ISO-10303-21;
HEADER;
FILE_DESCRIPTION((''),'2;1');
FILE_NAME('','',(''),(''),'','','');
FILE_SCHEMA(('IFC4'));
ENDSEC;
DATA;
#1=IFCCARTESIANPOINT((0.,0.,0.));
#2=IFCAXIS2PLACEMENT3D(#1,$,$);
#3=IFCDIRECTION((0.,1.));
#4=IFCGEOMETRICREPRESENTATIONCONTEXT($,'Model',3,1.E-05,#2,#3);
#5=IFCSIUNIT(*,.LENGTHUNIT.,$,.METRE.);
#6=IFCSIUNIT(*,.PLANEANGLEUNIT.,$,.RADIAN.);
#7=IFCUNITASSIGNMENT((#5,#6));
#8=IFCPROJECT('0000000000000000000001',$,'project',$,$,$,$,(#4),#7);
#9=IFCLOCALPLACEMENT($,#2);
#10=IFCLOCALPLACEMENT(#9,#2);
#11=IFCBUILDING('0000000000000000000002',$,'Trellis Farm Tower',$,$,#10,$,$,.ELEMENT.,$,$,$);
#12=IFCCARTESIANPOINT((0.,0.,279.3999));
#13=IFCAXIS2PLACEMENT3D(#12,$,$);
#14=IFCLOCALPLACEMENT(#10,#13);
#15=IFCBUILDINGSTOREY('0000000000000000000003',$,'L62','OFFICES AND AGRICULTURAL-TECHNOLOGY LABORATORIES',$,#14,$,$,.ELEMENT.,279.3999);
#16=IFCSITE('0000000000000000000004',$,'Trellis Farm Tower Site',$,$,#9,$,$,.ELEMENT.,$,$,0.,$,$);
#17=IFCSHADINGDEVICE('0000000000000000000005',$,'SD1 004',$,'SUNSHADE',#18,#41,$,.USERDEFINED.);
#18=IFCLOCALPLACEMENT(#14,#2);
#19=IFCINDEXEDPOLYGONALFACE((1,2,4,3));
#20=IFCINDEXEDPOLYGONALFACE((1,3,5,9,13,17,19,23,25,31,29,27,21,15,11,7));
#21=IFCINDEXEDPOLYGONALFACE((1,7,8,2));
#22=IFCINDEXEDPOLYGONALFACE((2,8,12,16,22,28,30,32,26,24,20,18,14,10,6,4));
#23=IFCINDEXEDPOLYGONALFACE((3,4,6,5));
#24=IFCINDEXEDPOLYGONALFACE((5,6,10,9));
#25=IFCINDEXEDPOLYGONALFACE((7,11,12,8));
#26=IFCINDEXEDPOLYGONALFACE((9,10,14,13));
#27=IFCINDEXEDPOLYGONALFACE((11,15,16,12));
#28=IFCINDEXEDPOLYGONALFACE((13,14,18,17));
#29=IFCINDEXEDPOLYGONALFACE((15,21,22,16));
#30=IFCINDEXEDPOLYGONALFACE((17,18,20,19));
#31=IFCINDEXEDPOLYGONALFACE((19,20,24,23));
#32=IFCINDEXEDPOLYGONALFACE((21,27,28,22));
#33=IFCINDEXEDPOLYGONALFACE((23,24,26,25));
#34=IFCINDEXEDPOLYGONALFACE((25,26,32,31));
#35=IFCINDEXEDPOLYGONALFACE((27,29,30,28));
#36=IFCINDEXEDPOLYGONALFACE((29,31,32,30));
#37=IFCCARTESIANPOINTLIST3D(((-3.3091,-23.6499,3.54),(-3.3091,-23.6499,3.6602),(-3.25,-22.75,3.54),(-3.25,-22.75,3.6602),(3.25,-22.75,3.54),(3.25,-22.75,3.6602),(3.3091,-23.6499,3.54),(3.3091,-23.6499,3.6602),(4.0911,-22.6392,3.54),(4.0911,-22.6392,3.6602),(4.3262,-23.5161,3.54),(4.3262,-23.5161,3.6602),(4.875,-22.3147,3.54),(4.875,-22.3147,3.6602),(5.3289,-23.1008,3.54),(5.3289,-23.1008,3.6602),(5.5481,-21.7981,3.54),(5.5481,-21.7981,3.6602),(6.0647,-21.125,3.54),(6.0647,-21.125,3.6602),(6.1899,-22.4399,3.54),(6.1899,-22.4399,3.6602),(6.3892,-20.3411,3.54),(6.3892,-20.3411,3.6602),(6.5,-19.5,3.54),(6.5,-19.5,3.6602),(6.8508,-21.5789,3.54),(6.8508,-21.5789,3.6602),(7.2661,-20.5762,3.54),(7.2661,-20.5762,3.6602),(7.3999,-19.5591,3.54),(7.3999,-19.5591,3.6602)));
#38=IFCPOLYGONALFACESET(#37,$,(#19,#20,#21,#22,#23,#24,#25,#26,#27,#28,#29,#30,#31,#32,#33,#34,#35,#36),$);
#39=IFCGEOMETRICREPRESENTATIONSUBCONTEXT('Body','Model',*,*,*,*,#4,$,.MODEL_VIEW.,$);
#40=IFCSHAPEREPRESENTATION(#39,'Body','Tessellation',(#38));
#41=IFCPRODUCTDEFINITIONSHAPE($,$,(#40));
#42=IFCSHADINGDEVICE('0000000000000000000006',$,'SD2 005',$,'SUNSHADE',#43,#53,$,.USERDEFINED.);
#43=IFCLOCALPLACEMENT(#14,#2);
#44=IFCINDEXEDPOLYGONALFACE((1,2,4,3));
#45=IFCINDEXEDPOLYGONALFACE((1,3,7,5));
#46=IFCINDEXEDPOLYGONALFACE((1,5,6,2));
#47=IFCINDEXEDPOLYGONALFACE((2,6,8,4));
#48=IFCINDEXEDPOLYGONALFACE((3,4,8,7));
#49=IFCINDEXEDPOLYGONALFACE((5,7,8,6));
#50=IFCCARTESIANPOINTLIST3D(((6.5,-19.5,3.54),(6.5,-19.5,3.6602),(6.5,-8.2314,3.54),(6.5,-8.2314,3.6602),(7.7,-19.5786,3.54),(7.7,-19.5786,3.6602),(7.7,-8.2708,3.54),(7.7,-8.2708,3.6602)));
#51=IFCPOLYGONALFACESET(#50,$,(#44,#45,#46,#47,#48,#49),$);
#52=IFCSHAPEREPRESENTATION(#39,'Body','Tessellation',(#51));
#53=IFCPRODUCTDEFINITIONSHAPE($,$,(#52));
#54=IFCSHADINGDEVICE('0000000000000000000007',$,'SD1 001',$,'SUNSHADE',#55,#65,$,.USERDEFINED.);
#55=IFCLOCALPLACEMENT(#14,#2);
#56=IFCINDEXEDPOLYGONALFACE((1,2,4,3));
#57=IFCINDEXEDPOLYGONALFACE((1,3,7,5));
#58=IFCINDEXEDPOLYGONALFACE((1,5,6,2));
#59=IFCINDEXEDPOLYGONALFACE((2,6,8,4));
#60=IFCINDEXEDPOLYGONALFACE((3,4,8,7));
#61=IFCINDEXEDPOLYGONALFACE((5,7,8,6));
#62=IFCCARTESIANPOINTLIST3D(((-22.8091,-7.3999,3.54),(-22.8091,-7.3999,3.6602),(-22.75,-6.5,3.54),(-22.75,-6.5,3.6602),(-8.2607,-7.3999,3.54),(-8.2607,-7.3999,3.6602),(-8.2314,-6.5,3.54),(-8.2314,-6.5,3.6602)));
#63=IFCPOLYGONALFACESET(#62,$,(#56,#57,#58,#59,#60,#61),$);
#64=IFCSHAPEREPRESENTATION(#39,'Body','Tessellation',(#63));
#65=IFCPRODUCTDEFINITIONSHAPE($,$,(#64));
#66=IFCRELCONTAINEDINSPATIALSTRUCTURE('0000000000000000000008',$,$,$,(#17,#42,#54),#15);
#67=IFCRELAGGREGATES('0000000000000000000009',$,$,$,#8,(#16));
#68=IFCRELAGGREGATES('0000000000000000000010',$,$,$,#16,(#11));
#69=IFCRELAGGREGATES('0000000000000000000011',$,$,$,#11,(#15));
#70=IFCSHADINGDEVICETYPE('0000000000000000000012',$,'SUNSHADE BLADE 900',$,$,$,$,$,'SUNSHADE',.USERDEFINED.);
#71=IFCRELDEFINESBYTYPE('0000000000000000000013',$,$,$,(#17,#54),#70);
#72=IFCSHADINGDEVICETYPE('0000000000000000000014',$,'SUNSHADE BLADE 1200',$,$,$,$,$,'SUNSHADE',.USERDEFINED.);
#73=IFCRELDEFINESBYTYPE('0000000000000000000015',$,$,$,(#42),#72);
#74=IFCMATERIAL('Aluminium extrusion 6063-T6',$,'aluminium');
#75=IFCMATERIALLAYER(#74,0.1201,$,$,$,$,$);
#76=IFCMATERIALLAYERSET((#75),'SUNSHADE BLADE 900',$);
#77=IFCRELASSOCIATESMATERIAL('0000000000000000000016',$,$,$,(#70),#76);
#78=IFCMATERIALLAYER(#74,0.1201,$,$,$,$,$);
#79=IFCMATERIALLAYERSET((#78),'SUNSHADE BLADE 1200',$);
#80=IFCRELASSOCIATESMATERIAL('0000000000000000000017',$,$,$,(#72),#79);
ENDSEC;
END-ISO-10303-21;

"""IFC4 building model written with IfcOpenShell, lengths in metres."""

from ifc_helpers import new_model, si_unit, direction, frame, origin, place, context, subcontext, project, spatial, polyline, outline, extrude, source, transform, mapped, material, layer, layer_set, type_object, element, save


model = new_model("IFC4")

# Units and contexts
model_context = context("Model", 3, precision=1e-05, world=origin(), true_north=direction((0.0, 1.0)))
body_context = subcontext(model_context, "Body", "Model", "MODEL_VIEW")
ifc_project = project(units=[si_unit("LENGTHUNIT", "METRE"), si_unit("PLANEANGLEUNIT", "RADIAN")], contexts=[model_context])

# Site, building, storey
site_placement = place(None, origin())
site = spatial("IfcSite", under=ifc_project, at=site_placement, Name="Trellis Farm Tower Site", CompositionType="ELEMENT", RefElevation=0.0)
building_placement = place(site_placement, origin())
building = spatial("IfcBuilding", under=site, at=building_placement, Name="Trellis Farm Tower", CompositionType="ELEMENT")
storey_placement = place(building_placement, frame((0.0, 0.0, 279.3999)))
storey = spatial("IfcBuildingStorey", under=building, at=storey_placement, Name="L62", Description="OFFICES AND AGRICULTURAL-TECHNOLOGY LABORATORIES", CompositionType="ELEMENT", Elevation=279.3999)

# Shared definitions
ifc_material_1 = material(Name="Aluminium extrusion 6063-T6", Category="aluminium")

# Shading devices
ifc_layer_1 = layer(ifc_material_1, 0.1201)
ifc_layer_set_1 = layer_set([ifc_layer_1], Name="SUNSHADE BLADE 900")
shading_device_type_1 = type_object("IfcShadingDeviceType", Name="SUNSHADE BLADE 900", ElementType="SUNSHADE", PredefinedType="USERDEFINED", material=ifc_layer_set_1)
placement_1 = place(storey_placement, frame((0.0, 0.0, 3.54)))
ifc_layer_2 = layer(ifc_material_1, 0.1201)
ifc_layer_set_2 = layer_set([ifc_layer_2], Name="SUNSHADE BLADE 1200")
shading_device_type_2 = type_object("IfcShadingDeviceType", Name="SUNSHADE BLADE 1200", ElementType="SUNSHADE", PredefinedType="USERDEFINED", material=ifc_layer_set_2)
shared_shape_1 = source(origin(), body_context, "Body", "SweptSolid", [
    extrude(outline(polyline([(-3.3091, -23.6499), (3.3091, -23.6499), (4.3262, -23.5161), (5.3289, -23.1008), (6.1899, -22.4399), (6.8508, -21.5789), (7.2661, -20.5762), (7.3999, -19.5591), (6.5, -19.5), (6.3892, -20.3411), (6.0647, -21.125), (5.5481, -21.7981), (4.875, -22.3147), (4.0911, -22.6392), (3.25, -22.75), (-3.25, -22.75), (-3.3091, -23.6499)])), origin(), (0.0, 0.0, 1.0), 0.1201),
])
element("IfcShadingDevice", 1, at=placement_1, inside=storey, type_object=shading_device_type_1, Name="SD1 004", ObjectType="SUNSHADE", PredefinedType="USERDEFINED", context=body_context, shape_type="MappedRepresentation", body=[
    mapped(shared_shape_1, transform((0.0, 0.0, 0.0))),
])
shared_shape_2 = source(origin(), body_context, "Body", "SweptSolid", [
    extrude(outline(polyline([(7.7, -19.5786), (7.7, -8.2708), (6.5, -8.2314), (6.5, -19.5), (7.7, -19.5786)])), origin(), (0.0, 0.0, 1.0), 0.1201),
])
element("IfcShadingDevice", 2, at=placement_1, inside=storey, type_object=shading_device_type_2, Name="SD2 005", ObjectType="SUNSHADE", PredefinedType="USERDEFINED", context=body_context, shape_type="MappedRepresentation", body=[
    mapped(shared_shape_2, transform((0.0, 0.0, 0.0))),
])
shared_shape_3 = source(origin(), body_context, "Body", "SweptSolid", [
    extrude(outline(polyline([(-22.8091, -7.3999), (-8.2607, -7.3999), (-8.2314, -6.5), (-22.75, -6.5), (-22.8091, -7.3999)])), origin(), (0.0, 0.0, 1.0), 0.1201),
])
element("IfcShadingDevice", 3, at=placement_1, inside=storey, type_object=shading_device_type_1, Name="SD1 001", ObjectType="SUNSHADE", PredefinedType="USERDEFINED", context=body_context, shape_type="MappedRepresentation", body=[
    mapped(shared_shape_3, transform((0.0, 0.0, 0.0))),
])

save(model, "model.ifc")
